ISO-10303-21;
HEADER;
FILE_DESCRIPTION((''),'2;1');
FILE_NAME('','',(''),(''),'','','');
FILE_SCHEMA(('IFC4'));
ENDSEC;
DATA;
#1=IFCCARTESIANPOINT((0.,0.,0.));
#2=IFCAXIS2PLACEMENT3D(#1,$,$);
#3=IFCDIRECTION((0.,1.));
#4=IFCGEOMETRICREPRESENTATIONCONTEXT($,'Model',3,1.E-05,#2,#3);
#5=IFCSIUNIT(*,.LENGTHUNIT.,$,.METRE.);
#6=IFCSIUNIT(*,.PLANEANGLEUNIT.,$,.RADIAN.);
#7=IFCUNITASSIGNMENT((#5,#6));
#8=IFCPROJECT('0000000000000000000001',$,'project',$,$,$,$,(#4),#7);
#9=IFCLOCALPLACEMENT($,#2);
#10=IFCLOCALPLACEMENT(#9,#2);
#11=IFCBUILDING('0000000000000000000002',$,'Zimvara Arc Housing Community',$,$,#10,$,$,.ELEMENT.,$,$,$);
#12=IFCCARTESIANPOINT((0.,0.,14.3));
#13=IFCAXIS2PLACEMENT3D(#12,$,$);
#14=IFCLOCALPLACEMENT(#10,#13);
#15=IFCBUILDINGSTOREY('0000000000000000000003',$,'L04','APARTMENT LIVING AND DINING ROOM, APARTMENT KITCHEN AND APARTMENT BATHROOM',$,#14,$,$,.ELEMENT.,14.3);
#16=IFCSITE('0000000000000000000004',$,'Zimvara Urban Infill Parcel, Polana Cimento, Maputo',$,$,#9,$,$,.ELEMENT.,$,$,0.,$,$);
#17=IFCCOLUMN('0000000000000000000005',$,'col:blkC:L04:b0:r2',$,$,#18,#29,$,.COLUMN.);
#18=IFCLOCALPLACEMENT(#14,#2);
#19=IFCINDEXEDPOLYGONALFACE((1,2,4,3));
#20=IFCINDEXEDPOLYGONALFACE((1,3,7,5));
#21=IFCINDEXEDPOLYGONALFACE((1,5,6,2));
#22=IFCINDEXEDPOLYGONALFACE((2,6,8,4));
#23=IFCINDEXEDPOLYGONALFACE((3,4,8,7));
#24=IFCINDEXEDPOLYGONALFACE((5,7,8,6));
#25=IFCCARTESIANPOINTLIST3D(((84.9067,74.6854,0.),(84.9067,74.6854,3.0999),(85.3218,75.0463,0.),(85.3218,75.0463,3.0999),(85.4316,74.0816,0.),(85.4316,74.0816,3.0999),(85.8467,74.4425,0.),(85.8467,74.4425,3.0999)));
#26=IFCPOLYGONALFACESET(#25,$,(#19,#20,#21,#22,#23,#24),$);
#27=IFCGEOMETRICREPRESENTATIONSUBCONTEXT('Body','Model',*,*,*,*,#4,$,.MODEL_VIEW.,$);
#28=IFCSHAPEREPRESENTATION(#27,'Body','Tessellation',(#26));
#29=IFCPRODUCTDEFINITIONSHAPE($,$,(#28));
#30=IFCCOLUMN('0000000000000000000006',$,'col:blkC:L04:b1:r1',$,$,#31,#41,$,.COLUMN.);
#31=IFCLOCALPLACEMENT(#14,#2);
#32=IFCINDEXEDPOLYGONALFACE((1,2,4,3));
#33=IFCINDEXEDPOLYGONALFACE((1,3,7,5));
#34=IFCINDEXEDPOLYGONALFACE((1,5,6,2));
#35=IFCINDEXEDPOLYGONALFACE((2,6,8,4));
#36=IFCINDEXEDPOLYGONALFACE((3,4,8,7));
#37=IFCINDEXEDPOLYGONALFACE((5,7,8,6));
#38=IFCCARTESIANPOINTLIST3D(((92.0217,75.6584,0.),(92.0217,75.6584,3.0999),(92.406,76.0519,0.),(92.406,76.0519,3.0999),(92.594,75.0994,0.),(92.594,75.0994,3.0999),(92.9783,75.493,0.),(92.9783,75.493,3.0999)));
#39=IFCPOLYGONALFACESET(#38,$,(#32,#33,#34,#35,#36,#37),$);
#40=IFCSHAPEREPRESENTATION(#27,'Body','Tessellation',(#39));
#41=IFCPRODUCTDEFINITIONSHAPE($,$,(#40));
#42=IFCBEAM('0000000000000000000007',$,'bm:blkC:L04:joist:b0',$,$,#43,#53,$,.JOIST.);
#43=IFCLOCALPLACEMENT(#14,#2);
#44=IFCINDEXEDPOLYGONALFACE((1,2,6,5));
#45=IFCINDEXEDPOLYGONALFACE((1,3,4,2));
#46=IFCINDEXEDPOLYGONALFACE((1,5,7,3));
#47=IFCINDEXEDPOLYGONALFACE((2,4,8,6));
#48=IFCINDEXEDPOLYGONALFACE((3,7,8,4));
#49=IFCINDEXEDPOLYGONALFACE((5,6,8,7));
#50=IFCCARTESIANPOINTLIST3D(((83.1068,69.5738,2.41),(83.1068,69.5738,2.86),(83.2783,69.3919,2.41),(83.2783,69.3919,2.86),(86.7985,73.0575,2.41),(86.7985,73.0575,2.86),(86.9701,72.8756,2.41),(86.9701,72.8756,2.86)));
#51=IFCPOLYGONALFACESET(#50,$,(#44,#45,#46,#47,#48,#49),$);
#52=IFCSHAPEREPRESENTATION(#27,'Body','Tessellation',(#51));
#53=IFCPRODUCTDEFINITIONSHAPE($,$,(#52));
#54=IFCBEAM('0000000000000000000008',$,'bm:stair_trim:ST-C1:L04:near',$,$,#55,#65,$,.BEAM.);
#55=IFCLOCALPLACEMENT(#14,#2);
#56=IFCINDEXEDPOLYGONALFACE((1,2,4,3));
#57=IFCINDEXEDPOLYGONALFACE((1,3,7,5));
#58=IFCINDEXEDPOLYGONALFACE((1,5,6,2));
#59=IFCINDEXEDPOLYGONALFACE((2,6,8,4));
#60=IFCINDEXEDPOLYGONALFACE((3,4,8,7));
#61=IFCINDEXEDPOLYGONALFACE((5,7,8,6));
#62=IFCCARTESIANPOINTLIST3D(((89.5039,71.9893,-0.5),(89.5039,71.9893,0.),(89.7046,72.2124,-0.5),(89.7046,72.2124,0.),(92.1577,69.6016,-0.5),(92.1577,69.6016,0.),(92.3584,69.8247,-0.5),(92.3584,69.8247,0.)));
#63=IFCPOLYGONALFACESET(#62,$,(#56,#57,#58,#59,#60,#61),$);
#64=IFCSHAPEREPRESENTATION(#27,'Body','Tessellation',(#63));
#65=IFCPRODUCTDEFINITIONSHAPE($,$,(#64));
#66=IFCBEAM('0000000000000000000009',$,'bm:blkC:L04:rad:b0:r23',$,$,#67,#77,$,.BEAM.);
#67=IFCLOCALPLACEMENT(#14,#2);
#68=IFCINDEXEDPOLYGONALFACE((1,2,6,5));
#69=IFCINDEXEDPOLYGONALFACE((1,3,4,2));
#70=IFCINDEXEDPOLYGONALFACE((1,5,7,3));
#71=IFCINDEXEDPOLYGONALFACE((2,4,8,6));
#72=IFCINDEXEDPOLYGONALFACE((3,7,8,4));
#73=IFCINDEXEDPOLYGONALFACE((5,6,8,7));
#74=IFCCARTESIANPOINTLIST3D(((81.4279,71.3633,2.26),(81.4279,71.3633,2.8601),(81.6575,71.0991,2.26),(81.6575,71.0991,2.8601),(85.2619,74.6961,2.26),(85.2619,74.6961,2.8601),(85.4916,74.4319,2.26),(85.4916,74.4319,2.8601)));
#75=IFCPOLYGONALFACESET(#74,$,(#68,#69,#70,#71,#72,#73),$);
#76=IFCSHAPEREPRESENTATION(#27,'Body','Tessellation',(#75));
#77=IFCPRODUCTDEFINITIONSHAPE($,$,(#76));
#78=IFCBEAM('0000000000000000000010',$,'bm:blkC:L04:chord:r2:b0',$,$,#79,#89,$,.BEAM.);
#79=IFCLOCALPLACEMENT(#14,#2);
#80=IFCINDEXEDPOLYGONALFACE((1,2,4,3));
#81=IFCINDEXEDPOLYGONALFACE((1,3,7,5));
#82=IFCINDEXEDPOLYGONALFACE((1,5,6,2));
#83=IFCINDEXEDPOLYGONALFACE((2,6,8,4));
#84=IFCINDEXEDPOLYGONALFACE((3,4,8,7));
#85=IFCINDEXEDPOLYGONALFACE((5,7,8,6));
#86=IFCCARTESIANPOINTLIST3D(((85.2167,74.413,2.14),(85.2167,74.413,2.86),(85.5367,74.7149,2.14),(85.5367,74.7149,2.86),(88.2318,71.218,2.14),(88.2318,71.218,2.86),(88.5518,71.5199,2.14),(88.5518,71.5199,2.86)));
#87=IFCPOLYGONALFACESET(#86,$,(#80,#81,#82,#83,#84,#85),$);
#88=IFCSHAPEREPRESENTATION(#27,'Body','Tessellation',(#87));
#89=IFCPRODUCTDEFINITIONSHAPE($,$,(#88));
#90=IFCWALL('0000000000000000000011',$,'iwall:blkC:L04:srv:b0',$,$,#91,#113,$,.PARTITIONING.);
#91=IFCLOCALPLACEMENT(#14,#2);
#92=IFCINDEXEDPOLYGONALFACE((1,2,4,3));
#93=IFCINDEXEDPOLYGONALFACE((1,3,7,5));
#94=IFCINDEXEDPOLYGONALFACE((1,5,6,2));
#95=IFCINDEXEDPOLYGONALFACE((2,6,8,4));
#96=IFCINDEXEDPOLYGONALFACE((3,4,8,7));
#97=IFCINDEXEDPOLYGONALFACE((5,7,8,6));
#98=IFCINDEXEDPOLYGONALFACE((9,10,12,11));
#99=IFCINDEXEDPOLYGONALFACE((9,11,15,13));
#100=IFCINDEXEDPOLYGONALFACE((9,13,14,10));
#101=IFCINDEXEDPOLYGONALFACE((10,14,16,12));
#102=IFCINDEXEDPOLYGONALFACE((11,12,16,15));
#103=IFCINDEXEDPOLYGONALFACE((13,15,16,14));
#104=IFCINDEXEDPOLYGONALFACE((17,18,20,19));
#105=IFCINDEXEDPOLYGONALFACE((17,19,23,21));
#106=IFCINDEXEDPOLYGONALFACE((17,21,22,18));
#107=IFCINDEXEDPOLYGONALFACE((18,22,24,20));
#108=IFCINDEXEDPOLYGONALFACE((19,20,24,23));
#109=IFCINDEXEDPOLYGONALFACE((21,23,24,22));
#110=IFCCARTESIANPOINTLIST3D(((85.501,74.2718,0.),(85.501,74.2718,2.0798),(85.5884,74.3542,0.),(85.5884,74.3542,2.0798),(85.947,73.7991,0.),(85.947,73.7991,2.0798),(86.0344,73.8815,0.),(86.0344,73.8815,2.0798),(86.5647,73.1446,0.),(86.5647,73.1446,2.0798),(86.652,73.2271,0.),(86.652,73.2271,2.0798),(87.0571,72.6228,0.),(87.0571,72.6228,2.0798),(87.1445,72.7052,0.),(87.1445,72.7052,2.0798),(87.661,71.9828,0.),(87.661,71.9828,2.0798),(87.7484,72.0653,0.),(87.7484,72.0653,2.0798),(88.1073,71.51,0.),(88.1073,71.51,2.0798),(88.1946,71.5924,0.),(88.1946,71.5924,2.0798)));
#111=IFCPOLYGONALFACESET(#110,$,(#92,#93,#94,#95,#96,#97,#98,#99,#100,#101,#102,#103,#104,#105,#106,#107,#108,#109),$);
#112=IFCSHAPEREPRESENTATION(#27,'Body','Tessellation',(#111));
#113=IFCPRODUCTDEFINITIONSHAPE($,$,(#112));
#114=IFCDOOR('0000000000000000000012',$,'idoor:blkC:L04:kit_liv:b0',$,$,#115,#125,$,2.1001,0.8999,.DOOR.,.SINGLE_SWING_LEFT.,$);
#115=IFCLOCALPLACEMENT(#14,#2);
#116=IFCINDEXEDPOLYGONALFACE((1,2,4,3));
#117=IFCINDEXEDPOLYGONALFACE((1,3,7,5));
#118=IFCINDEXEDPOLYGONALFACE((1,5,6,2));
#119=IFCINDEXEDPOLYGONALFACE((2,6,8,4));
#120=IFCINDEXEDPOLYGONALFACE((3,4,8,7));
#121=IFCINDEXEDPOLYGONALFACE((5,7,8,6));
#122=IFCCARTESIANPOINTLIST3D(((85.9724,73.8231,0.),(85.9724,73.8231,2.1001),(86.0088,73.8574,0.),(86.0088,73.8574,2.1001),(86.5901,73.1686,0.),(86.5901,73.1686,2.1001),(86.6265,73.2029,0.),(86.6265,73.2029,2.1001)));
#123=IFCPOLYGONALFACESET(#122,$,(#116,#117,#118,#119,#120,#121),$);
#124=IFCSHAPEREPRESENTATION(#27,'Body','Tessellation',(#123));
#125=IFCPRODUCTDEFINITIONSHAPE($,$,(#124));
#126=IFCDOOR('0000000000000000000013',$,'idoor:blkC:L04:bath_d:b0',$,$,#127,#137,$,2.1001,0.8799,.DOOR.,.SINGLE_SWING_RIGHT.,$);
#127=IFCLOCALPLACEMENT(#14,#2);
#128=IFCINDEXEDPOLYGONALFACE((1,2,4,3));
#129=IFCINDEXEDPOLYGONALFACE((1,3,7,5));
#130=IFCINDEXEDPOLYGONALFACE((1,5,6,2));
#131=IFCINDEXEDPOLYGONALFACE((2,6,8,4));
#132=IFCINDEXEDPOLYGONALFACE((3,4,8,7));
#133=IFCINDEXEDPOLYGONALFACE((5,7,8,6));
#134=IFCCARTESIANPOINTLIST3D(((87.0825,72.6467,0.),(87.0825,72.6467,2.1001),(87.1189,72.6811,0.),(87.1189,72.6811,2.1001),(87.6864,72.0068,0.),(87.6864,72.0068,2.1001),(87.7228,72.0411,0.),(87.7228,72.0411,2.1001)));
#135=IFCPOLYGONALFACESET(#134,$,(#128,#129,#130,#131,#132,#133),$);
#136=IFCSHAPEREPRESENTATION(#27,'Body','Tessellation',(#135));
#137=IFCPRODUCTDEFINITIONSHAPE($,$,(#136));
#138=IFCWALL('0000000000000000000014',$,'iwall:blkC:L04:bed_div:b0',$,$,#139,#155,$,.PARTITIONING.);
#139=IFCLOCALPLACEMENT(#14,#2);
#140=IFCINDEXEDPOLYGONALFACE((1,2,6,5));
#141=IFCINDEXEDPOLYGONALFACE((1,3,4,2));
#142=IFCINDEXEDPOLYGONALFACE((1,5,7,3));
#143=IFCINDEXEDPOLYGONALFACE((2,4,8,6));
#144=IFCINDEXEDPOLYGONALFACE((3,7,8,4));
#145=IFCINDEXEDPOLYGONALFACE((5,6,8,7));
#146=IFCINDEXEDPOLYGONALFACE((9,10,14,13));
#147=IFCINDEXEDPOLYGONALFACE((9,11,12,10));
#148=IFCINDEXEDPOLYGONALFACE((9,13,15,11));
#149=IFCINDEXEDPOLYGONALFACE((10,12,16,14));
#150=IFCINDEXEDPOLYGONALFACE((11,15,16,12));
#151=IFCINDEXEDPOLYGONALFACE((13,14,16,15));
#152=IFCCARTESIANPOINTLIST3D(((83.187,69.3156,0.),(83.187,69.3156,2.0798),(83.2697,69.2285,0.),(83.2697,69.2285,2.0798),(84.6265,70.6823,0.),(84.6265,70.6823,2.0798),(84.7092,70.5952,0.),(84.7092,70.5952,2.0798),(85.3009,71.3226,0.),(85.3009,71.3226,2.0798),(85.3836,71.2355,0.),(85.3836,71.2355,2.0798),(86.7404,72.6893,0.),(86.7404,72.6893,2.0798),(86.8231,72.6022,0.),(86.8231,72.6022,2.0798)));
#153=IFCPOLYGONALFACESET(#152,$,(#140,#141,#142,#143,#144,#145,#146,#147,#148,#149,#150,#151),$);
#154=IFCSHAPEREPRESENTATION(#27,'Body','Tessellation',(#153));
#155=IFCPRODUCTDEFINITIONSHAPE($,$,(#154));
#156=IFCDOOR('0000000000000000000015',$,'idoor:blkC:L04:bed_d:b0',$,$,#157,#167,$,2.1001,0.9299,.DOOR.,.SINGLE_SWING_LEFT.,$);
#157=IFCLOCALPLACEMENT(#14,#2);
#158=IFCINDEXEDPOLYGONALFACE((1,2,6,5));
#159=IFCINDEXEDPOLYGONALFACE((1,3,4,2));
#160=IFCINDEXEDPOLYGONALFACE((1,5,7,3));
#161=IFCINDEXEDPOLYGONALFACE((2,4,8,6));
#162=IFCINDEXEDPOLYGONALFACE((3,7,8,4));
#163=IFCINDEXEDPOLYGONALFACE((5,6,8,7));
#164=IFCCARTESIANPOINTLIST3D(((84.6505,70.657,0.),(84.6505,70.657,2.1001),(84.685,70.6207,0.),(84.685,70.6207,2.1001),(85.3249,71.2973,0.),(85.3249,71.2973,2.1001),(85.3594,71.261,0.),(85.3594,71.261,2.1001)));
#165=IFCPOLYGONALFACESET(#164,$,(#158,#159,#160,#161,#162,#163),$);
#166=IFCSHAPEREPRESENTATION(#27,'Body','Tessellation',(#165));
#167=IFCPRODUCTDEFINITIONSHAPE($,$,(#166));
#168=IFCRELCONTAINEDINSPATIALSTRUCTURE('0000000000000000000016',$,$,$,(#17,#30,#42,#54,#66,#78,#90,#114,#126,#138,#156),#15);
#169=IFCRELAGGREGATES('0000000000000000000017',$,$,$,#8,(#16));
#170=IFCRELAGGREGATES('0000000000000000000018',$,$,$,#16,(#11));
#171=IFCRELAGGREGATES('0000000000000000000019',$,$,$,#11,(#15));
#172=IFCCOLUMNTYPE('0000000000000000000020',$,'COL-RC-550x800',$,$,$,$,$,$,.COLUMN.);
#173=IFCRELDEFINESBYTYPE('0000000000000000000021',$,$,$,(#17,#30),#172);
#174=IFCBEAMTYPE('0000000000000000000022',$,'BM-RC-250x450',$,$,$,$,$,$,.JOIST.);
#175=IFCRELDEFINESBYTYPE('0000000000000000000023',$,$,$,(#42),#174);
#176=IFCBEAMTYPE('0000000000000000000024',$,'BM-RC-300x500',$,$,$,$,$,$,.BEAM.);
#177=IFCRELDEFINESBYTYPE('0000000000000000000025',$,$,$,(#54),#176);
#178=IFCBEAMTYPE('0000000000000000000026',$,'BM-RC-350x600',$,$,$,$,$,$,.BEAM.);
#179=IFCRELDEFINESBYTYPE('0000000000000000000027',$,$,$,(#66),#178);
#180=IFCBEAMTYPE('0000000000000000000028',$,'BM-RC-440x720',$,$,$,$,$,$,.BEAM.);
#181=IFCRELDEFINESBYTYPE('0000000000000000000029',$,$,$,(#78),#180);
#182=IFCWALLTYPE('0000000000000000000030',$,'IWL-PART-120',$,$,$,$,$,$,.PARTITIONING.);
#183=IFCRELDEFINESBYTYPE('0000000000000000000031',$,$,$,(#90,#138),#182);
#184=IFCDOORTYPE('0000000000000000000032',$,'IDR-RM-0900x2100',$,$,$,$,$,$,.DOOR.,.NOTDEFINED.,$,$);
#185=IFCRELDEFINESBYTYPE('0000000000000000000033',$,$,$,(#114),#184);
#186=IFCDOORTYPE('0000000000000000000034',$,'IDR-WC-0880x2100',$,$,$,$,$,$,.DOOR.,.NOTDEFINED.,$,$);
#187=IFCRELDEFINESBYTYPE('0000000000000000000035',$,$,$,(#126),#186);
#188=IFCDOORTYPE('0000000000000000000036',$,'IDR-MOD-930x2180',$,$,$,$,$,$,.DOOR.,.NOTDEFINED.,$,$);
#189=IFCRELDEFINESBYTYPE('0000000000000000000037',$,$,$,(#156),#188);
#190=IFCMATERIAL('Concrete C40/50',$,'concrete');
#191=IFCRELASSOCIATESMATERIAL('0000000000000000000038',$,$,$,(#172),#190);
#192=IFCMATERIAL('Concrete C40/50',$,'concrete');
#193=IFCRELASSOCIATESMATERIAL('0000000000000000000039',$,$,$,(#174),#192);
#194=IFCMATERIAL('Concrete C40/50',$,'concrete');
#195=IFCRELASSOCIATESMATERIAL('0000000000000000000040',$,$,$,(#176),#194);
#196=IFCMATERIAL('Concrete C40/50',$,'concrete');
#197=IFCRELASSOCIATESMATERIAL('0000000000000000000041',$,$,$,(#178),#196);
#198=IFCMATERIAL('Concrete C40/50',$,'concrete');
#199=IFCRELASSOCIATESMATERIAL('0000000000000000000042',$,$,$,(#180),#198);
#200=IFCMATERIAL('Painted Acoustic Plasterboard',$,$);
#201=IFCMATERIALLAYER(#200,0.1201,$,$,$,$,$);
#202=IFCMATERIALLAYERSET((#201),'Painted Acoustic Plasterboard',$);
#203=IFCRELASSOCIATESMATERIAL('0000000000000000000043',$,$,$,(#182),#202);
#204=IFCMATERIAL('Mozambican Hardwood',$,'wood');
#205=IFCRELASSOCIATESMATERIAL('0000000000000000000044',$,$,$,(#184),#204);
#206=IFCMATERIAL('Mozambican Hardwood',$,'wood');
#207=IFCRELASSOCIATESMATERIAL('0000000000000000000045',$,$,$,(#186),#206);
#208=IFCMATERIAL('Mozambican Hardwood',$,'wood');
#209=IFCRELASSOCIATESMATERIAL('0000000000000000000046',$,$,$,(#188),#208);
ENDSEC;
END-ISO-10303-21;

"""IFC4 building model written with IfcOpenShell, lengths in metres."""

from ifc_helpers import new_model, si_unit, direction, frame, frame_2d, origin, origin_2d, place, context, subcontext, project, spatial, rectangle, extrude, material, layer, layer_set, material_profile, profile_set, type_object, element, fill, save


model = new_model("IFC4")

# Units and contexts
model_context = context("Model", 3, precision=1e-05, world=origin(), true_north=direction((0.0, 1.0)))
body_context = subcontext(model_context, "Body", "Model", "MODEL_VIEW")
ifc_project = project(units=[si_unit("LENGTHUNIT", "METRE"), si_unit("PLANEANGLEUNIT", "RADIAN")], contexts=[model_context])

# Site, building, storey
site_placement = place(None, origin())
site = spatial("IfcSite", under=ifc_project, at=site_placement, Name="Zimvara Urban Infill Parcel, Polana Cimento, Maputo", CompositionType="ELEMENT", RefElevation=0.0)
building_placement = place(site_placement, origin())
building = spatial("IfcBuilding", under=site, at=building_placement, Name="Zimvara Arc Housing Community", CompositionType="ELEMENT")
storey_placement = place(building_placement, frame((0.0, 0.0, 14.3)))
storey = spatial("IfcBuildingStorey", under=building, at=storey_placement, Name="L04", Description="APARTMENT LIVING AND DINING ROOM, APARTMENT KITCHEN AND APARTMENT BATHROOM", CompositionType="ELEMENT", Elevation=14.3)

# Columns
ifc_material_1 = material(Name="Concrete C40/50", Category="concrete")
ifc_material_profile_1 = material_profile(ifc_material_1, rectangle(XDim=0.55, YDim=0.8, at=origin_2d()), Name="RC 550x800")
ifc_profile_set_1 = profile_set([ifc_material_profile_1], Name="Concrete C40/50")
column_type = type_object("IfcColumnType", Name="COL-RC-550x800", PredefinedType="COLUMN", material=ifc_profile_set_1)
for number, where, z_axis, x_axis, name in (
    (1, (85.3767, 74.564, 0.0), (0.0, 0.0, 1.0), (-0.75471, -0.656059, 0.0), "col:blkC:L04:b0:r2"),
    (2, (92.5, 75.5757, 0.0), (0.0, 0.0, 1.0), (-0.698665, -0.715449, 0.0), "col:blkC:L04:b1:r1"),
):
    element("IfcColumn", number, at=place(storey_placement, frame(where, z_axis=z_axis, x_axis=x_axis)), inside=storey, type_object=column_type, Name=name, PredefinedType="COLUMN", context=body_context, shape_type="SweptSolid", body=[
        extrude(rectangle(XDim=0.55, YDim=0.8, at=origin_2d()), origin(), (0.0, 0.0, 1.0), 3.0999),
    ])

# Beams
ifc_material_2 = material(Name="Concrete C40/50", Category="concrete")
ifc_material_profile_2 = material_profile(ifc_material_2, rectangle(XDim=0.25, YDim=0.45, at=origin_2d()), Name="RC 250x450")
ifc_profile_set_2 = profile_set([ifc_material_profile_2], Name="Concrete C40/50")
beam_type_1 = type_object("IfcBeamType", Name="BM-RC-250x450", PredefinedType="JOIST", material=ifc_profile_set_2)
beam_1_placement = place(storey_placement, frame((86.8843, 72.9666, 2.635), z_axis=(-0.7273, -0.68632, 0.0), x_axis=(0.68632, -0.7273, 0.0)))
element("IfcBeam", 3, at=beam_1_placement, inside=storey, type_object=beam_type_1, Name="bm:blkC:L04:joist:b0", PredefinedType="JOIST", context=body_context, shape_type="SweptSolid", body=[
    extrude(rectangle(XDim=0.25, YDim=0.45, at=origin_2d()), origin(), (0.0, 0.0, 1.0), 5.0759),
])
ifc_material_3 = material(Name="Concrete C40/50", Category="concrete")
ifc_material_profile_3 = material_profile(ifc_material_3, rectangle(XDim=0.3, YDim=0.5, at=origin_2d()), Name="RC 300x500")
ifc_profile_set_3 = profile_set([ifc_material_profile_3], Name="Concrete C40/50")
beam_type_2 = type_object("IfcBeamType", Name="BM-RC-300x500", PredefinedType="BEAM", material=ifc_profile_set_3)
beam_2_placement = place(storey_placement, frame((89.6042, 72.1008, -0.25), z_axis=(0.743396, -0.668851, 0.0), x_axis=(0.668851, 0.743396, 0.0)))
element("IfcBeam", 4, at=beam_2_placement, inside=storey, type_object=beam_type_2, Name="bm:stair_trim:ST-C1:L04:near", PredefinedType="BEAM", context=body_context, shape_type="SweptSolid", body=[
    extrude(rectangle(XDim=0.3, YDim=0.5, at=origin_2d()), origin(), (0.0, 0.0, 1.0), 3.5698),
])
ifc_material_4 = material(Name="Concrete C40/50", Category="concrete")
ifc_material_profile_4 = material_profile(ifc_material_4, rectangle(XDim=0.3501, YDim=0.6001, at=origin_2d()), Name="RC 350x600")
ifc_profile_set_4 = profile_set([ifc_material_profile_4], Name="Concrete C40/50")
beam_type_3 = type_object("IfcBeamType", Name="BM-RC-350x600", PredefinedType="BEAM", material=ifc_profile_set_4)
beam_3_placement = place(storey_placement, frame((85.3767, 74.564, 2.5601), z_axis=(-0.754716, -0.656051, 0.0), x_axis=(0.656051, -0.754716, 0.0)))
element("IfcBeam", 5, at=beam_3_placement, inside=storey, type_object=beam_type_3, Name="bm:blkC:L04:rad:b0:r23", PredefinedType="BEAM", context=body_context, shape_type="SweptSolid", body=[
    extrude(rectangle(XDim=0.3501, YDim=0.6001, at=origin_2d()), origin(), (0.0, 0.0, 1.0), 5.0801),
])
ifc_material_5 = material(Name="Concrete C40/50", Category="concrete")
ifc_material_profile_5 = material_profile(ifc_material_5, rectangle(XDim=0.4399, YDim=0.72, at=origin_2d()), Name="RC 440x720")
ifc_profile_set_5 = profile_set([ifc_material_profile_5], Name="Concrete C40/50")
beam_type_4 = type_object("IfcBeamType", Name="BM-RC-440x720", PredefinedType="BEAM", material=ifc_profile_set_5)
beam_4_placement = place(storey_placement, frame((85.3767, 74.564, 2.5), z_axis=(0.686331, -0.727289, 0.0), x_axis=(0.727289, 0.686331, 0.0)))
element("IfcBeam", 6, at=beam_4_placement, inside=storey, type_object=beam_type_4, Name="bm:blkC:L04:chord:r2:b0", PredefinedType="BEAM", context=body_context, shape_type="SweptSolid", body=[
    extrude(rectangle(XDim=0.4399, YDim=0.72, at=origin_2d()), origin(), (0.0, 0.0, 1.0), 4.3931),
])

# Wall, openings, doors
ifc_material_6 = material(Name="Painted Acoustic Plasterboard")
ifc_layer_1 = layer(ifc_material_6, 0.1201)
ifc_layer_set_1 = layer_set([ifc_layer_1], Name="Painted Acoustic Plasterboard")
wall_type_1 = type_object("IfcWallType", Name="IWL-PART-120", PredefinedType="PARTITIONING", material=ifc_layer_set_1)
wall_1_placement = place(storey_placement, frame((85.5447, 74.313, 0.0), z_axis=(0.0, 0.0, 1.0), x_axis=(0.686333, -0.727288, 0.0)))
wall_1 = element("IfcWall", 7, at=wall_1_placement, inside=storey, type_object=wall_type_1, Name="iwall:blkC:L04:srv:b0", PredefinedType="PARTITIONING", context=body_context, shape_type="SweptSolid", body=[
    extrude(rectangle(XDim=3.7974, YDim=0.1201, at=frame_2d((1.8987, 0.0))), origin(), (0.0, 0.0, 1.0), 2.0798),
])
opening_1_placement = place(wall_1_placement, frame((0.6499, 0.0, 0.0)))
opening_1 = element("IfcOpeningElement", 8, at=opening_1_placement, cuts=wall_1, PredefinedType="OPENING", context=body_context, shape_type="SweptSolid", body=[
    extrude(rectangle(XDim=0.8999, YDim=2.1001, at=frame_2d((0.45, 1.05))), frame((0.0, 0.0701, 0.0), z_axis=(0.0, -1.0, 0.0), x_axis=(1.0, 0.0, 0.0)), (0.0, 0.0, 1.0), 0.1401),
])
opening_2_placement = place(wall_1_placement, frame((2.2673, 0.0, 0.0)))
opening_2 = element("IfcOpeningElement", 9, at=opening_2_placement, cuts=wall_1, PredefinedType="OPENING", context=body_context, shape_type="SweptSolid", body=[
    extrude(rectangle(XDim=0.8799, YDim=2.1001, at=frame_2d((0.4399, 1.05))), frame((0.0, 0.0701, 0.0), z_axis=(0.0, -1.0, 0.0), x_axis=(1.0, 0.0, 0.0)), (0.0, 0.0, 1.0), 0.1401),
])
ifc_material_7 = material(Name="Mozambican Hardwood", Category="wood")
door_type_1 = type_object("IfcDoorType", Name="IDR-RM-0900x2100", OperationType="NOTDEFINED", PredefinedType="DOOR", material=ifc_material_7)
door_1_placement = place(opening_1_placement, origin())
door_1 = element("IfcDoor", 10, at=door_1_placement, inside=storey, type_object=door_type_1, Name="idoor:blkC:L04:kit_liv:b0", OperationType="SINGLE_SWING_LEFT", OverallHeight=2.1001, OverallWidth=0.8999, PredefinedType="DOOR", context=body_context, shape_type="SweptSolid", body=[
    extrude(rectangle(XDim=0.8999, YDim=2.1001, at=frame_2d((0.45, 1.05))), frame((0.0, 0.0249, 0.0), z_axis=(0.0, -1.0, 0.0), x_axis=(1.0, 0.0, 0.0)), (0.0, 0.0, 1.0), 0.05),
])
fill(opening_1, door_1)
ifc_material_8 = material(Name="Mozambican Hardwood", Category="wood")
door_type_2 = type_object("IfcDoorType", Name="IDR-WC-0880x2100", OperationType="NOTDEFINED", PredefinedType="DOOR", material=ifc_material_8)
door_2_placement = place(opening_2_placement, origin())
door_2 = element("IfcDoor", 11, at=door_2_placement, inside=storey, type_object=door_type_2, Name="idoor:blkC:L04:bath_d:b0", OperationType="SINGLE_SWING_RIGHT", OverallHeight=2.1001, OverallWidth=0.8799, PredefinedType="DOOR", context=body_context, shape_type="SweptSolid", body=[
    extrude(rectangle(XDim=0.8799, YDim=2.1001, at=frame_2d((0.4399, 1.05))), frame((0.0, 0.0249, 0.0), z_axis=(0.0, -1.0, 0.0), x_axis=(1.0, 0.0, 0.0)), (0.0, 0.0, 1.0), 0.05),
])
fill(opening_2, door_2)

# Wall, opening, door
wall_2_placement = place(storey_placement, frame((86.7817, 72.6458, 0.0), z_axis=(0.0, 0.0, 1.0), x_axis=(-0.725205, -0.688533, 0.0)))
wall_2 = element("IfcWall", 12, at=wall_2_placement, inside=storey, type_object=wall_type_1, Name="iwall:blkC:L04:bed_div:b0", PredefinedType="PARTITIONING", context=body_context, shape_type="SweptSolid", body=[
    extrude(rectangle(XDim=4.8999, YDim=0.1201, at=frame_2d((2.45, 0.0))), origin(), (0.0, 0.0, 1.0), 2.0798),
])
opening_3_placement = place(wall_2_placement, frame((1.9851, 0.0, 0.0)))
opening_3 = element("IfcOpeningElement", 13, at=opening_3_placement, cuts=wall_2, PredefinedType="OPENING", context=body_context, shape_type="SweptSolid", body=[
    extrude(rectangle(XDim=0.9299, YDim=2.1001, at=frame_2d((0.4648, 1.05))), frame((0.0, 0.0701, 0.0), z_axis=(0.0, -1.0, 0.0), x_axis=(1.0, 0.0, 0.0)), (0.0, 0.0, 1.0), 0.1401),
])
ifc_material_9 = material(Name="Mozambican Hardwood", Category="wood")
door_type_3 = type_object("IfcDoorType", Name="IDR-MOD-930x2180", OperationType="NOTDEFINED", PredefinedType="DOOR", material=ifc_material_9)
door_3_placement = place(opening_3_placement, origin())
door_3 = element("IfcDoor", 14, at=door_3_placement, inside=storey, type_object=door_type_3, Name="idoor:blkC:L04:bed_d:b0", OperationType="SINGLE_SWING_LEFT", OverallHeight=2.1001, OverallWidth=0.9299, PredefinedType="DOOR", context=body_context, shape_type="SweptSolid", body=[
    extrude(rectangle(XDim=0.9299, YDim=2.1001, at=frame_2d((0.4648, 1.05))), frame((0.0, 0.0249, 0.0), z_axis=(0.0, -1.0, 0.0), x_axis=(1.0, 0.0, 0.0)), (0.0, 0.0, 1.0), 0.05),
])
fill(opening_3, door_3)

save(model, "model.ifc")
